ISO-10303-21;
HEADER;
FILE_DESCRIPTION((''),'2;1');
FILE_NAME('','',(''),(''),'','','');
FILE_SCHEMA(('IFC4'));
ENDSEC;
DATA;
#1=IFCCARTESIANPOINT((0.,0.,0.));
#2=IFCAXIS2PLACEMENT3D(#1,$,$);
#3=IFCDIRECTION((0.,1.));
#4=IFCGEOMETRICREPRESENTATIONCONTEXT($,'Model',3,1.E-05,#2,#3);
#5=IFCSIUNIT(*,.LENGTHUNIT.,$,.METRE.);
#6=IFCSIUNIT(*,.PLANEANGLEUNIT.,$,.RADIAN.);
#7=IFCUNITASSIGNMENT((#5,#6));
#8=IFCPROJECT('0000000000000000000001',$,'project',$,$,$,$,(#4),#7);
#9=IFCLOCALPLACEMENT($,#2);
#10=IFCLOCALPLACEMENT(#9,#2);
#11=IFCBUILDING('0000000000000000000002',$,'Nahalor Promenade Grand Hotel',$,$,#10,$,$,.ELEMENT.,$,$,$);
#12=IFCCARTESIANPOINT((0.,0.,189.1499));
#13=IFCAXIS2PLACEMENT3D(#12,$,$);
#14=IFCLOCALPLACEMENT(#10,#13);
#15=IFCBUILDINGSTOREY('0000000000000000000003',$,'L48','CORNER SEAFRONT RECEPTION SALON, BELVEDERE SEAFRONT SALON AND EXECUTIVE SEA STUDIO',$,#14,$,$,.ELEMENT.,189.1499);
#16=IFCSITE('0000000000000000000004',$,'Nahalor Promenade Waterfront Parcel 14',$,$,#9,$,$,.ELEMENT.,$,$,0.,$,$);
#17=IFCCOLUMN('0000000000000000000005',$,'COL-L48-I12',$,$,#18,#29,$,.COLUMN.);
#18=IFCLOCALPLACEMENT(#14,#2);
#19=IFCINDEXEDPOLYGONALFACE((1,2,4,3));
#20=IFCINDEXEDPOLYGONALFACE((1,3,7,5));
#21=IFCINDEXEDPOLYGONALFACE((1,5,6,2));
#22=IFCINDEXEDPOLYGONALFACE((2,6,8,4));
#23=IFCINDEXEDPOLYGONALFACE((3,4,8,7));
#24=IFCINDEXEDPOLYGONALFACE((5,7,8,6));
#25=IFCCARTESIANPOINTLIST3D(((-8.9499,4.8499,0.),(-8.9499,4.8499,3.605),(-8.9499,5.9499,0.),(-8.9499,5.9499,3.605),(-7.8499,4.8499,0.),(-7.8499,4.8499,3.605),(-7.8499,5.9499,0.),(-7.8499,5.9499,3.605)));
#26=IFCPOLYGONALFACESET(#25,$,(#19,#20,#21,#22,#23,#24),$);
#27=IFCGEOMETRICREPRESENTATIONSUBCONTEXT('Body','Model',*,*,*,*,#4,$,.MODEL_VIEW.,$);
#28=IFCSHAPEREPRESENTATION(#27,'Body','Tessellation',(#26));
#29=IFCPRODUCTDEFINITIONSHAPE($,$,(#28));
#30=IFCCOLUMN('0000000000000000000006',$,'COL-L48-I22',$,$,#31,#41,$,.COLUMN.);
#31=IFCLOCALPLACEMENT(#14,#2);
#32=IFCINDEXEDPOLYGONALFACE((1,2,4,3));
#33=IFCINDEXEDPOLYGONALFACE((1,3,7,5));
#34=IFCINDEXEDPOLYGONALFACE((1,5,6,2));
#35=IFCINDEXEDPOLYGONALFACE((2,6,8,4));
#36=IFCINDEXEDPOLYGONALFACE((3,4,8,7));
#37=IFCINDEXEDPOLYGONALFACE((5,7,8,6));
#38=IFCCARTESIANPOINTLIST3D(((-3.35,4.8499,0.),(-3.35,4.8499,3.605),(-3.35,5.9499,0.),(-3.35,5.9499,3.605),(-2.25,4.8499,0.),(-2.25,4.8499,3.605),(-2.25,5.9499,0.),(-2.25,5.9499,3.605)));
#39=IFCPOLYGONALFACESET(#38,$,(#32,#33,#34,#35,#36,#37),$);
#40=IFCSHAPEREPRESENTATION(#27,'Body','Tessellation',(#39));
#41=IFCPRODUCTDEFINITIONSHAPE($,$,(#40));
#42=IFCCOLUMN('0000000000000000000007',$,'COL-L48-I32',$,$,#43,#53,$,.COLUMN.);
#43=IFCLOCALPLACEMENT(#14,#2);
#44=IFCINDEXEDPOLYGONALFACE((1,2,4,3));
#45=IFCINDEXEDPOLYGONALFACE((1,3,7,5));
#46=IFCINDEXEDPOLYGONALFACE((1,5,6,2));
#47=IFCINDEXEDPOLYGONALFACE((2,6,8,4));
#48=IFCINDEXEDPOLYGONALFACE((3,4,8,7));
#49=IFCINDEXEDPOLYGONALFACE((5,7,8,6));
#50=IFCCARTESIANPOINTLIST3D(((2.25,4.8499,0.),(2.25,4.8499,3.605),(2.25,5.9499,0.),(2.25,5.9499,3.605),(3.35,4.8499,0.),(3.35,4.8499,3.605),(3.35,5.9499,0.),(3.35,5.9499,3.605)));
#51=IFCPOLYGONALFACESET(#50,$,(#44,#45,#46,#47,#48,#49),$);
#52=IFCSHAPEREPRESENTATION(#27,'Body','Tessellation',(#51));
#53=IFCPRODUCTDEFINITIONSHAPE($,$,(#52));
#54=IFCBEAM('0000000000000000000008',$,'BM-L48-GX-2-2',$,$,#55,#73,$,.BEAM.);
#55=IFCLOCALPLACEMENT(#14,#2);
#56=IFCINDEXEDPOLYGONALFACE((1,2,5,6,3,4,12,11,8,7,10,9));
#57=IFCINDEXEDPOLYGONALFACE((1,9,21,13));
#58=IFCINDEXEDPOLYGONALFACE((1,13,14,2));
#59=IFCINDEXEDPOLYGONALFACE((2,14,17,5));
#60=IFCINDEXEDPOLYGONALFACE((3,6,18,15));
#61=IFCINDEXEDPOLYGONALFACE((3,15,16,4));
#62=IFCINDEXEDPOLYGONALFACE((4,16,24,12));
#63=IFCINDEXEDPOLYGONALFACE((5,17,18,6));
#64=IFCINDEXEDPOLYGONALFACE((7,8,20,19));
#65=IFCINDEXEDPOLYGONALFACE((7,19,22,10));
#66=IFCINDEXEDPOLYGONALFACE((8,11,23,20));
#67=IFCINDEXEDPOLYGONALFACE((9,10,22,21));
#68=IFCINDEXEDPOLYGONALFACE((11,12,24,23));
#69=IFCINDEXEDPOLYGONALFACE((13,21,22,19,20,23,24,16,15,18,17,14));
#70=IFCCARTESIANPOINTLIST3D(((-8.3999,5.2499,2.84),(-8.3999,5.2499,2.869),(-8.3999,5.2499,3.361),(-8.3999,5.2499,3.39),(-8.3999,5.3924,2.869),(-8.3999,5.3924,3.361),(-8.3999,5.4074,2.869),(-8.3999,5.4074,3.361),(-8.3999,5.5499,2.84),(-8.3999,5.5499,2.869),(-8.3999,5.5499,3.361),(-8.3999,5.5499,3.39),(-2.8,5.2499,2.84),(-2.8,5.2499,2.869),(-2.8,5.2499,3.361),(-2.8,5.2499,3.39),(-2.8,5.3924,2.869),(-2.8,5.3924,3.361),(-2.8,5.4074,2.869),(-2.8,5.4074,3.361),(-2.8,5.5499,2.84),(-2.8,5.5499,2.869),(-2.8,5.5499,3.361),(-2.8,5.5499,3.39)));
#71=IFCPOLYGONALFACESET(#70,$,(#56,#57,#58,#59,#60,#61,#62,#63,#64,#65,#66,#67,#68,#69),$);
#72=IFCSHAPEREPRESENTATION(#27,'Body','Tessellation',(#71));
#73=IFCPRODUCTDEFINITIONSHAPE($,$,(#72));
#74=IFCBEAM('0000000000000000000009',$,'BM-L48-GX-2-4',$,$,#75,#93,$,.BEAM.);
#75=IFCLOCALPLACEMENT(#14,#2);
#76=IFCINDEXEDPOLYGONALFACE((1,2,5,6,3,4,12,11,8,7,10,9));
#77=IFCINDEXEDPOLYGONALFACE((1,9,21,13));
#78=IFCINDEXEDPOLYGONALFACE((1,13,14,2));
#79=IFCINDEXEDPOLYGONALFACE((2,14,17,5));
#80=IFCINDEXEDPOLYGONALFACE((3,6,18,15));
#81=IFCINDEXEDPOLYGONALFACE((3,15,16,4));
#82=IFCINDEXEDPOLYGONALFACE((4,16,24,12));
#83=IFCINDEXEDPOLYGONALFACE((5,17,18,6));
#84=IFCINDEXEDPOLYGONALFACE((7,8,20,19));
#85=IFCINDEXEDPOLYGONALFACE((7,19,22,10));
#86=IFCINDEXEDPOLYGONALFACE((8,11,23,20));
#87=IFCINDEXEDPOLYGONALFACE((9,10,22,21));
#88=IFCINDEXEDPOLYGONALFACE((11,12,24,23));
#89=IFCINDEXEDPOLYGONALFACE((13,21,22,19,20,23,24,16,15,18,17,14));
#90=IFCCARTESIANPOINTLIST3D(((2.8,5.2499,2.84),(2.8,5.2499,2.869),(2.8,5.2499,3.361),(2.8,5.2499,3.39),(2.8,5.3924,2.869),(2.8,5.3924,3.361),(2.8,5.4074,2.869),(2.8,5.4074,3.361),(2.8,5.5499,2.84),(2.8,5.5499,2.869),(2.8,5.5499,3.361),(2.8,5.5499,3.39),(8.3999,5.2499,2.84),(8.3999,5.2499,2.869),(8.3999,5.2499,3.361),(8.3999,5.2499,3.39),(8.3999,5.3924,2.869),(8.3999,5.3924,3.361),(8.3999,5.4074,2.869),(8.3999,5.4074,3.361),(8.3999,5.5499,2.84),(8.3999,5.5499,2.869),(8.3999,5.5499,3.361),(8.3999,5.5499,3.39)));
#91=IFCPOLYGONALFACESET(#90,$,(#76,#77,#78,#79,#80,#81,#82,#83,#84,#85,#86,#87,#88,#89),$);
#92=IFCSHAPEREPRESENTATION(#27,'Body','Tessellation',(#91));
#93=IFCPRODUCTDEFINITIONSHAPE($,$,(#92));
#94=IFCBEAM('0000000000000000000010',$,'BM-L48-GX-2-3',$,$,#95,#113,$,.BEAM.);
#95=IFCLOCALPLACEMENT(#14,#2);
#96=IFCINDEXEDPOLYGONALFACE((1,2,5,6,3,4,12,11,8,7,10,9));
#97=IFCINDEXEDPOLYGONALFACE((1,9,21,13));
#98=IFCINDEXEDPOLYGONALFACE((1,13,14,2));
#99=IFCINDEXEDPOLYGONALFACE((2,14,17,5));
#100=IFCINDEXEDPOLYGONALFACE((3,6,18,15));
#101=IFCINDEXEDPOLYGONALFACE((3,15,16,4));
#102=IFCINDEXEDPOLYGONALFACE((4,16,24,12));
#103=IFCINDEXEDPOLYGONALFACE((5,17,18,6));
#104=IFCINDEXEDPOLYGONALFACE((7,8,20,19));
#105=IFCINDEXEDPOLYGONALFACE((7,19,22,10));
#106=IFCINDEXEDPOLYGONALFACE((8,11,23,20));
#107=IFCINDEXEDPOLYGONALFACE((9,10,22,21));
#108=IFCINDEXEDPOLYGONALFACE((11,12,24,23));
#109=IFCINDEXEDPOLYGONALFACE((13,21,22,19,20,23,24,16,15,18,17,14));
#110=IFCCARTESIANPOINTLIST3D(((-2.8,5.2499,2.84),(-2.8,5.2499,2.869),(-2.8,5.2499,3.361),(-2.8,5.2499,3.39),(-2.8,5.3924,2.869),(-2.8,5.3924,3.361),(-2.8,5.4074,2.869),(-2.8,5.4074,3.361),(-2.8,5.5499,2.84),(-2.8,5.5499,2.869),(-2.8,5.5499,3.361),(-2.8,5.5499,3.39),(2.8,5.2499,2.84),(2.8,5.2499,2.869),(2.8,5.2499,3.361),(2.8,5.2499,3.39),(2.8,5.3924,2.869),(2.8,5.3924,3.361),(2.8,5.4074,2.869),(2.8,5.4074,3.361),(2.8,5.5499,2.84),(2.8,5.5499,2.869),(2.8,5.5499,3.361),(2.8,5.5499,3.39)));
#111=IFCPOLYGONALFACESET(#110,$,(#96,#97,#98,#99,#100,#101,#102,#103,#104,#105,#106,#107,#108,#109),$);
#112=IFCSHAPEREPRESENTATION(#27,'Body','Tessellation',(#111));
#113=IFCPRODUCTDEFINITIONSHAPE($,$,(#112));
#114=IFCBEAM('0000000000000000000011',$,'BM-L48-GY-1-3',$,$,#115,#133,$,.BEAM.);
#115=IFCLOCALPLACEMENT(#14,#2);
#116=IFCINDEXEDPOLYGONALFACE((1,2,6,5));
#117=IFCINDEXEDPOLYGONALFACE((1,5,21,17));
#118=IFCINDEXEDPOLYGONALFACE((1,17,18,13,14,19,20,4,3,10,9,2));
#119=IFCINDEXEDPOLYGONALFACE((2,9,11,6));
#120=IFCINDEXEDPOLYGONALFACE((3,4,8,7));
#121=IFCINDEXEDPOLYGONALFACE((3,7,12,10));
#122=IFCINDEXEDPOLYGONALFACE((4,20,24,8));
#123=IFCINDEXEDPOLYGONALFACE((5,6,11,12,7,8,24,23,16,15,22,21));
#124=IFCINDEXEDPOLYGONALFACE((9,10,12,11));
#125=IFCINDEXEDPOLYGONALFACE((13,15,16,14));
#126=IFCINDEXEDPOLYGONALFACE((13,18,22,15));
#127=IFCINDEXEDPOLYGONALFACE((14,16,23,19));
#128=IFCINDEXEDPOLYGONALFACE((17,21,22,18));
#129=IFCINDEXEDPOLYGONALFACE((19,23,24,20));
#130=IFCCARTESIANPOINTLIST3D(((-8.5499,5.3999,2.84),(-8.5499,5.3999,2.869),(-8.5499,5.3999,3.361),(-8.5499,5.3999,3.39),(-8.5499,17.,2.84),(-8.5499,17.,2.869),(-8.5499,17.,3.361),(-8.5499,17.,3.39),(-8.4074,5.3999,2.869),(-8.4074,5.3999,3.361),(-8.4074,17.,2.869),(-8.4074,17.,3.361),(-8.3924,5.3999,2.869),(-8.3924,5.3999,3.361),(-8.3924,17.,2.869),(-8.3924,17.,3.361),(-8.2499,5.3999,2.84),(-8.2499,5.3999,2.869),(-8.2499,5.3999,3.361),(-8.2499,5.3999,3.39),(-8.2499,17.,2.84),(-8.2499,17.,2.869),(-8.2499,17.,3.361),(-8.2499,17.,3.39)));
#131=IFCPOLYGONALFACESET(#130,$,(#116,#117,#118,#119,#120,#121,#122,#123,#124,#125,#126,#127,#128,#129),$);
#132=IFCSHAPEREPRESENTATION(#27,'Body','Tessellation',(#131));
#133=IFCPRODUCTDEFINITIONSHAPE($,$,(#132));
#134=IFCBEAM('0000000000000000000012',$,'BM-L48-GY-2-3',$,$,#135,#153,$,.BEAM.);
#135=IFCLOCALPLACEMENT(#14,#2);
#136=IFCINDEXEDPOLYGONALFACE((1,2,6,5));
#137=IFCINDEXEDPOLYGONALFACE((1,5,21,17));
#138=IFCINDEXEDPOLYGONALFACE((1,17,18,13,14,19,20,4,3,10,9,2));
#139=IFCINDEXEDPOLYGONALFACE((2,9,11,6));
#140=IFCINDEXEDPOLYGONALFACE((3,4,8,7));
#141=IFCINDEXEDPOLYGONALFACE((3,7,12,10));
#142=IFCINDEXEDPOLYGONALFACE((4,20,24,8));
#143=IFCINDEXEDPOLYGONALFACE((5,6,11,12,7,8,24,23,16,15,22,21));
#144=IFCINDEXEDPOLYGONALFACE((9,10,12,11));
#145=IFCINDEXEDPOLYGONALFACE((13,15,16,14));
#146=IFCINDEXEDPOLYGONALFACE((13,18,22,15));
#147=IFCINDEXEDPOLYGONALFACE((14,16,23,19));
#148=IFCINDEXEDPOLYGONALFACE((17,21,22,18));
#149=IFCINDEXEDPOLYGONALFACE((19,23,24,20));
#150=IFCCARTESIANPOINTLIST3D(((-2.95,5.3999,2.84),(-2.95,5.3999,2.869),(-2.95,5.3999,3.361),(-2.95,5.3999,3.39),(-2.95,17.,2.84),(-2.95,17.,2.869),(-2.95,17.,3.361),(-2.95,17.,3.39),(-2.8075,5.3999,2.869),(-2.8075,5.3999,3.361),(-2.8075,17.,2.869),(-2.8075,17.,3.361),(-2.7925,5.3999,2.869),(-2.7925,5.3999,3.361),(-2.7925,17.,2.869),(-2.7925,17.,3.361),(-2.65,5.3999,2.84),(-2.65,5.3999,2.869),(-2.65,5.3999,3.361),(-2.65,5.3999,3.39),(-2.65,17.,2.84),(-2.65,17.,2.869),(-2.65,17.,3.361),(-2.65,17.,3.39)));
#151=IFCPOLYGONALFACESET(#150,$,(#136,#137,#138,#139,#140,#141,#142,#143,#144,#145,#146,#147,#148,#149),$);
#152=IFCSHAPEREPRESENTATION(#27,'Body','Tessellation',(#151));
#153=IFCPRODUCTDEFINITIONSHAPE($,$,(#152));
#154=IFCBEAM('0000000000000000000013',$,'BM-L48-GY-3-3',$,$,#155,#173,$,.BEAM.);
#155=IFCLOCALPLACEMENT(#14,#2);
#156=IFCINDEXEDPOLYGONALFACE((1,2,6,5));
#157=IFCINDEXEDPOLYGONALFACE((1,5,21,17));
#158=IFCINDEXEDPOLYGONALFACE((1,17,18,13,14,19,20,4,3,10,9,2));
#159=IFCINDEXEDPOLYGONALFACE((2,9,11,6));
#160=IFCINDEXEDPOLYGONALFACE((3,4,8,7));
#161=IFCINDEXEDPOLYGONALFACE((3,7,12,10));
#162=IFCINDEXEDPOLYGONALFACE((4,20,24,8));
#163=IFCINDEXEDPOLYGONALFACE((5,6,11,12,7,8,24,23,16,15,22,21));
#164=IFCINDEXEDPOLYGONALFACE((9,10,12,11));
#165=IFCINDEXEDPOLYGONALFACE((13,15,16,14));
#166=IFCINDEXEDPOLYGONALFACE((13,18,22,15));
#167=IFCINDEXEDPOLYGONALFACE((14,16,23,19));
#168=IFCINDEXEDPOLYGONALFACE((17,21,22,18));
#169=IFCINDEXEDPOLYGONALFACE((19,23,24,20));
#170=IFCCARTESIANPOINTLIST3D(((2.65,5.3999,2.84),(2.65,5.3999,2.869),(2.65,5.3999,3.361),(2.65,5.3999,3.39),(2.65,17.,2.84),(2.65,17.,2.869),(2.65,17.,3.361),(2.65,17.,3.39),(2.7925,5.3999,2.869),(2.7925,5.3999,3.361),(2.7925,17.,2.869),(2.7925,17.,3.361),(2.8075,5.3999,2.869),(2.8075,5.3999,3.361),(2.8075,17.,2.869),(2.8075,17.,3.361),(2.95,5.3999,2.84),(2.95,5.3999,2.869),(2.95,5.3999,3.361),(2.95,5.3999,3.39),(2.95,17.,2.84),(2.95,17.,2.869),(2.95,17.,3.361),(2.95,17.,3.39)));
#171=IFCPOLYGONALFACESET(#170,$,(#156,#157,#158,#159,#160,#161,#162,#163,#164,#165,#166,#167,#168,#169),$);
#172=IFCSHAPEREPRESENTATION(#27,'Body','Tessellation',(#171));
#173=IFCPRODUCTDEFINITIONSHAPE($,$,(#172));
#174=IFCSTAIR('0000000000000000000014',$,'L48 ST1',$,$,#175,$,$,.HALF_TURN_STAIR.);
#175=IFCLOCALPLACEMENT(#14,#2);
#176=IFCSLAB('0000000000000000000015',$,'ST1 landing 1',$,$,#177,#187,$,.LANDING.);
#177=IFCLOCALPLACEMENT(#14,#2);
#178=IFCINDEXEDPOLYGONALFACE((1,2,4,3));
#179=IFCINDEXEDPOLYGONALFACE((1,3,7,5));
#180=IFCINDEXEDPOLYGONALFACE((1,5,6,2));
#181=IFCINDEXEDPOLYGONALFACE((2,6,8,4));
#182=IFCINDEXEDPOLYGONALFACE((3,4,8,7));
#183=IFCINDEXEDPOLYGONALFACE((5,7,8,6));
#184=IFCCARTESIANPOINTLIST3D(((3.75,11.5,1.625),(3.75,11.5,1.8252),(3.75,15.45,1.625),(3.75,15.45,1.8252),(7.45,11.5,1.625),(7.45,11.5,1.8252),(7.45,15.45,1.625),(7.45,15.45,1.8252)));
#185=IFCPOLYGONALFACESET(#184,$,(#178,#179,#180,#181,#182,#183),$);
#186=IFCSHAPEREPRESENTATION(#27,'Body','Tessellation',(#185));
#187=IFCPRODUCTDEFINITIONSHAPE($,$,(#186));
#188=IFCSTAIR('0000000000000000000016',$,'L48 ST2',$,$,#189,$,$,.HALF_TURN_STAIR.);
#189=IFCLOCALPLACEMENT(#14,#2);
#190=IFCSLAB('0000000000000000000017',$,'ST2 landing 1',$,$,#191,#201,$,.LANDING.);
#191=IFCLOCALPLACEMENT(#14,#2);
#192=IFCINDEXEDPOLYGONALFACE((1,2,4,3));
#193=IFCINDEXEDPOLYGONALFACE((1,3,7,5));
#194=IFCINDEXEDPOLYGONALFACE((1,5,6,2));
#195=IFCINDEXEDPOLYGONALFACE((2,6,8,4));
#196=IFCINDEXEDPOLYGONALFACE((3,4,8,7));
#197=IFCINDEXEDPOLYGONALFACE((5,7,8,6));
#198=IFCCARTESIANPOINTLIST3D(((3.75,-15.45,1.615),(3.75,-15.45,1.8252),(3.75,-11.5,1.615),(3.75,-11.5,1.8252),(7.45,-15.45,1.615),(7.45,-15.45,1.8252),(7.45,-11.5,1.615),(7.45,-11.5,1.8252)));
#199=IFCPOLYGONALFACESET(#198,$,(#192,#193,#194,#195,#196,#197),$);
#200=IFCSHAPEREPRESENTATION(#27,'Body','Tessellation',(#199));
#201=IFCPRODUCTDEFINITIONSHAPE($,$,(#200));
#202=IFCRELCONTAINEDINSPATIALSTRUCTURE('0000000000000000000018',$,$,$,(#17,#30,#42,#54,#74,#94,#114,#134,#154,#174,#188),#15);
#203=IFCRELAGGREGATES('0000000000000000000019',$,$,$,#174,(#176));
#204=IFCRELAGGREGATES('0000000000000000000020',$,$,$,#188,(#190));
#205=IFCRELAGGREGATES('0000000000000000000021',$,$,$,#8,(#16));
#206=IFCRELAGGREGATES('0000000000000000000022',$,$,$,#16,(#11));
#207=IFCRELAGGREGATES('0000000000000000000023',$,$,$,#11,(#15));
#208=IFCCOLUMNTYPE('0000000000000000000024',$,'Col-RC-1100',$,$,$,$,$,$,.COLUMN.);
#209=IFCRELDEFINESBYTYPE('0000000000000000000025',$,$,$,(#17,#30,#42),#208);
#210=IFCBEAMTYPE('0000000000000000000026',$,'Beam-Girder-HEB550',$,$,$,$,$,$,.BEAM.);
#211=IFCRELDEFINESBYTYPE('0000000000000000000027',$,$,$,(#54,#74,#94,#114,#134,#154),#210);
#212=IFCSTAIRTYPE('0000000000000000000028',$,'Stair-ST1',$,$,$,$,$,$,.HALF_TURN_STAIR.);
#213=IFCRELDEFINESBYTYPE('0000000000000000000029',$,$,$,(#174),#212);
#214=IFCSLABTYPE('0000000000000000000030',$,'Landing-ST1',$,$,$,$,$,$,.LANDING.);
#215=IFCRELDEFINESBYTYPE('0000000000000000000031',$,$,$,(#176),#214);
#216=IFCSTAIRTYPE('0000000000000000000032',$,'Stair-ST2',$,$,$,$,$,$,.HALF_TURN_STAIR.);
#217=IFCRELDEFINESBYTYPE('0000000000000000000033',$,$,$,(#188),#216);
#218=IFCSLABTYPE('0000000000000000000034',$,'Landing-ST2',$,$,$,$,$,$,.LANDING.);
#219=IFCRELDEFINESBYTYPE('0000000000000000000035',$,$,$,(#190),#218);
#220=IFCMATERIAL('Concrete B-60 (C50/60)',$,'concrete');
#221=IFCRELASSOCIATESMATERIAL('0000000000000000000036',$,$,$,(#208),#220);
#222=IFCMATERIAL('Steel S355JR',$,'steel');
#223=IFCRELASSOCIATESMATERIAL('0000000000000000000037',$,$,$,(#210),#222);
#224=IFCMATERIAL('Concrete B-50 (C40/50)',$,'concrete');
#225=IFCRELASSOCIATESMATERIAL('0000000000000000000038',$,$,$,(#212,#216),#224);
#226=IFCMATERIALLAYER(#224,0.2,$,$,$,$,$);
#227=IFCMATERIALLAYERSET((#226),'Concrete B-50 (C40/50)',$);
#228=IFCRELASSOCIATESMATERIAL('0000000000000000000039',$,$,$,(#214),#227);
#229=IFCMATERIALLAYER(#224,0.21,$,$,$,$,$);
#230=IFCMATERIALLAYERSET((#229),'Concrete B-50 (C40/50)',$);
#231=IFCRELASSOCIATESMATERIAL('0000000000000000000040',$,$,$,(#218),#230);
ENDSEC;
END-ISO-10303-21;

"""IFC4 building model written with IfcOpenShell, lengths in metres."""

from ifc_helpers import new_model, si_unit, direction, frame, origin, origin_2d, place, context, subcontext, project, spatial, polyline, rectangle, i_section, outline, extrude, source, transform, mapped, material, layer, layer_set, material_profile, profile_set, type_object, element, aggregate, save


model = new_model("IFC4")

# Units and contexts
model_context = context("Model", 3, precision=1e-05, world=origin(), true_north=direction((0.0, 1.0)))
body_context = subcontext(model_context, "Body", "Model", "MODEL_VIEW")
ifc_project = project(units=[si_unit("LENGTHUNIT", "METRE"), si_unit("PLANEANGLEUNIT", "RADIAN")], contexts=[model_context])

# Site, building, storey
site_placement = place(None, origin())
site = spatial("IfcSite", under=ifc_project, at=site_placement, Name="Nahalor Promenade Waterfront Parcel 14", CompositionType="ELEMENT", RefElevation=0.0)
building_placement = place(site_placement, origin())
building = spatial("IfcBuilding", under=site, at=building_placement, Name="Nahalor Promenade Grand Hotel", CompositionType="ELEMENT")
storey_placement = place(building_placement, frame((0.0, 0.0, 189.1499)))
storey = spatial("IfcBuildingStorey", under=building, at=storey_placement, Name="L48", Description="CORNER SEAFRONT RECEPTION SALON, BELVEDERE SEAFRONT SALON AND EXECUTIVE SEA STUDIO", CompositionType="ELEMENT", Elevation=189.1499)

# Columns
ifc_material_1 = material(Name="Concrete B-60 (C50/60)", Category="concrete")
ifc_material_profile_1 = material_profile(ifc_material_1, rectangle(XDim=1.1, YDim=1.1, at=origin_2d()), Name="RC 1100x1100")
ifc_profile_set_1 = profile_set([ifc_material_profile_1], Name="Concrete B-60 (C50/60)")
column_type = type_object("IfcColumnType", Name="Col-RC-1100", PredefinedType="COLUMN", material=ifc_profile_set_1)
shared_shape_1 = source(origin(), body_context, "Body", "SweptSolid", [
    extrude(rectangle(XDim=1.1, YDim=1.1, at=origin_2d()), origin(), (0.0, 0.0, 1.0), 3.605),
])
for number, where, z_axis, x_axis, name in (
    (1, (-8.3999, 5.3999, 0.0), (0.0, 0.0, 1.0), (1.0, 0.0, 0.0), "COL-L48-I12"),
    (2, (-2.8, 5.3999, 0.0), (0.0, 0.0, 1.0), (1.0, 0.0, 0.0), "COL-L48-I22"),
    (3, (2.8, 5.3999, 0.0), (0.0, 0.0, 1.0), (1.0, 0.0, 0.0), "COL-L48-I32"),
):
    element("IfcColumn", number, at=place(storey_placement, frame(where, z_axis=z_axis, x_axis=x_axis)), inside=storey, type_object=column_type, Name=name, PredefinedType="COLUMN", context=body_context, shape_type="MappedRepresentation", body=[
        mapped(shared_shape_1, transform((0.0, 0.0, 0.0), scale=1.0)),
    ])

# Beams
ifc_material_2 = material(Name="Steel S355JR", Category="steel")
ifc_material_profile_2 = material_profile(ifc_material_2, i_section(OverallWidth=0.3, OverallDepth=0.55, WebThickness=0.015, FlangeThickness=0.029, at=origin_2d()), Name="HEB 550")
ifc_profile_set_2 = profile_set([ifc_material_profile_2], Name="Steel S355JR")
beam_type = type_object("IfcBeamType", Name="Beam-Girder-HEB550", PredefinedType="BEAM", material=ifc_profile_set_2)
shared_shape_2 = source(origin(), body_context, "Body", "SweptSolid", [
    extrude(i_section(OverallWidth=0.3, OverallDepth=0.55, WebThickness=0.015, FlangeThickness=0.029, at=origin_2d()), origin(), (0.0, 0.0, 1.0), 5.5999),
])
for number, where, z_axis, x_axis, name in (
    (4, (-8.3999, 5.3999, 3.115), (1.0, 0.0, 0.0), (0.0, 1.0, 0.0), "BM-L48-GX-2-2"),
    (5, (2.8, 5.3999, 3.115), (1.0, 0.0, 0.0), (0.0, 1.0, 0.0), "BM-L48-GX-2-4"),
):
    element("IfcBeam", number, at=place(storey_placement, frame(where, z_axis=z_axis, x_axis=x_axis)), inside=storey, type_object=beam_type, Name=name, PredefinedType="BEAM", context=body_context, shape_type="MappedRepresentation", body=[
        mapped(shared_shape_2, transform((0.0, 0.0, 0.0), scale=1.0)),
    ])
shared_shape_3 = source(origin(), body_context, "Body", "SweptSolid", [
    extrude(i_section(OverallWidth=0.3, OverallDepth=0.55, WebThickness=0.015, FlangeThickness=0.029, at=origin_2d()), origin(), (0.0, 0.0, 1.0), 5.6001),
])
beam_placement = place(storey_placement, frame((-2.8, 5.3999, 3.115), z_axis=(1.0, 0.0, 0.0), x_axis=(0.0, 1.0, 0.0)))
element("IfcBeam", 6, at=beam_placement, inside=storey, type_object=beam_type, Name="BM-L48-GX-2-3", PredefinedType="BEAM", context=body_context, shape_type="MappedRepresentation", body=[
    mapped(shared_shape_3, transform((0.0, 0.0, 0.0), scale=1.0)),
])
shared_shape_4 = source(origin(), body_context, "Body", "SweptSolid", [
    extrude(i_section(OverallWidth=0.3, OverallDepth=0.55, WebThickness=0.015, FlangeThickness=0.029, at=origin_2d()), origin(), (0.0, 0.0, 1.0), 11.6001),
])
for number, where, z_axis, x_axis, name in (
    (7, (-8.3999, 5.3999, 3.115), (0.0, 1.0, 0.0), (-1.0, 0.0, 0.0), "BM-L48-GY-1-3"),
    (8, (-2.8, 5.3999, 3.115), (0.0, 1.0, 0.0), (-1.0, 0.0, 0.0), "BM-L48-GY-2-3"),
    (9, (2.8, 5.3999, 3.115), (0.0, 1.0, 0.0), (-1.0, 0.0, 0.0), "BM-L48-GY-3-3"),
):
    element("IfcBeam", number, at=place(storey_placement, frame(where, z_axis=z_axis, x_axis=x_axis)), inside=storey, type_object=beam_type, Name=name, PredefinedType="BEAM", context=body_context, shape_type="MappedRepresentation", body=[
        mapped(shared_shape_4, transform((0.0, 0.0, 0.0), scale=1.0)),
    ])

# Stairs, slabs
ifc_material_3 = material(Name="Concrete B-50 (C40/50)", Category="concrete")
stair_type_1 = type_object("IfcStairType", Name="Stair-ST1", PredefinedType="HALF_TURN_STAIR", material=ifc_material_3)
stair_1_placement = place(storey_placement, origin())
stair_1 = element("IfcStair", 10, at=stair_1_placement, inside=storey, type_object=stair_type_1, Name="L48 ST1", PredefinedType="HALF_TURN_STAIR")
ifc_layer_1 = layer(ifc_material_3, 0.2)
ifc_layer_set_1 = layer_set([ifc_layer_1], Name="Concrete B-50 (C40/50)")
slab_type_1 = type_object("IfcSlabType", Name="Landing-ST1", PredefinedType="LANDING", material=ifc_layer_set_1)
slab_1_placement = place(storey_placement, frame((0.0, 0.0, 1.625)))
slab_1 = element("IfcSlab", 11, at=slab_1_placement, type_object=slab_type_1, Name="ST1 landing 1", PredefinedType="LANDING", context=body_context, shape_type="SweptSolid", body=[
    extrude(outline(polyline([(7.45, 11.5), (7.45, 15.45), (3.75, 15.45), (3.75, 11.5), (7.45, 11.5)])), origin(), (0.0, 0.0, 1.0), 0.2002),
])
aggregate(stair_1, [slab_1])
stair_type_2 = type_object("IfcStairType", Name="Stair-ST2", PredefinedType="HALF_TURN_STAIR", material=ifc_material_3)
stair_2_placement = place(storey_placement, origin())
stair_2 = element("IfcStair", 12, at=stair_2_placement, inside=storey, type_object=stair_type_2, Name="L48 ST2", PredefinedType="HALF_TURN_STAIR")
ifc_layer_2 = layer(ifc_material_3, 0.21)
ifc_layer_set_2 = layer_set([ifc_layer_2], Name="Concrete B-50 (C40/50)")
slab_type_2 = type_object("IfcSlabType", Name="Landing-ST2", PredefinedType="LANDING", material=ifc_layer_set_2)
slab_2_placement = place(storey_placement, frame((0.0, 0.0, 1.615)))
slab_2 = element("IfcSlab", 13, at=slab_2_placement, type_object=slab_type_2, Name="ST2 landing 1", PredefinedType="LANDING", context=body_context, shape_type="SweptSolid", body=[
    extrude(outline(polyline([(3.75, -11.5), (3.75, -15.45), (7.45, -15.45), (7.45, -11.5), (3.75, -11.5)])), origin(), (0.0, 0.0, 1.0), 0.2102),
])
aggregate(stair_2, [slab_2])

save(model, "model.ifc")
